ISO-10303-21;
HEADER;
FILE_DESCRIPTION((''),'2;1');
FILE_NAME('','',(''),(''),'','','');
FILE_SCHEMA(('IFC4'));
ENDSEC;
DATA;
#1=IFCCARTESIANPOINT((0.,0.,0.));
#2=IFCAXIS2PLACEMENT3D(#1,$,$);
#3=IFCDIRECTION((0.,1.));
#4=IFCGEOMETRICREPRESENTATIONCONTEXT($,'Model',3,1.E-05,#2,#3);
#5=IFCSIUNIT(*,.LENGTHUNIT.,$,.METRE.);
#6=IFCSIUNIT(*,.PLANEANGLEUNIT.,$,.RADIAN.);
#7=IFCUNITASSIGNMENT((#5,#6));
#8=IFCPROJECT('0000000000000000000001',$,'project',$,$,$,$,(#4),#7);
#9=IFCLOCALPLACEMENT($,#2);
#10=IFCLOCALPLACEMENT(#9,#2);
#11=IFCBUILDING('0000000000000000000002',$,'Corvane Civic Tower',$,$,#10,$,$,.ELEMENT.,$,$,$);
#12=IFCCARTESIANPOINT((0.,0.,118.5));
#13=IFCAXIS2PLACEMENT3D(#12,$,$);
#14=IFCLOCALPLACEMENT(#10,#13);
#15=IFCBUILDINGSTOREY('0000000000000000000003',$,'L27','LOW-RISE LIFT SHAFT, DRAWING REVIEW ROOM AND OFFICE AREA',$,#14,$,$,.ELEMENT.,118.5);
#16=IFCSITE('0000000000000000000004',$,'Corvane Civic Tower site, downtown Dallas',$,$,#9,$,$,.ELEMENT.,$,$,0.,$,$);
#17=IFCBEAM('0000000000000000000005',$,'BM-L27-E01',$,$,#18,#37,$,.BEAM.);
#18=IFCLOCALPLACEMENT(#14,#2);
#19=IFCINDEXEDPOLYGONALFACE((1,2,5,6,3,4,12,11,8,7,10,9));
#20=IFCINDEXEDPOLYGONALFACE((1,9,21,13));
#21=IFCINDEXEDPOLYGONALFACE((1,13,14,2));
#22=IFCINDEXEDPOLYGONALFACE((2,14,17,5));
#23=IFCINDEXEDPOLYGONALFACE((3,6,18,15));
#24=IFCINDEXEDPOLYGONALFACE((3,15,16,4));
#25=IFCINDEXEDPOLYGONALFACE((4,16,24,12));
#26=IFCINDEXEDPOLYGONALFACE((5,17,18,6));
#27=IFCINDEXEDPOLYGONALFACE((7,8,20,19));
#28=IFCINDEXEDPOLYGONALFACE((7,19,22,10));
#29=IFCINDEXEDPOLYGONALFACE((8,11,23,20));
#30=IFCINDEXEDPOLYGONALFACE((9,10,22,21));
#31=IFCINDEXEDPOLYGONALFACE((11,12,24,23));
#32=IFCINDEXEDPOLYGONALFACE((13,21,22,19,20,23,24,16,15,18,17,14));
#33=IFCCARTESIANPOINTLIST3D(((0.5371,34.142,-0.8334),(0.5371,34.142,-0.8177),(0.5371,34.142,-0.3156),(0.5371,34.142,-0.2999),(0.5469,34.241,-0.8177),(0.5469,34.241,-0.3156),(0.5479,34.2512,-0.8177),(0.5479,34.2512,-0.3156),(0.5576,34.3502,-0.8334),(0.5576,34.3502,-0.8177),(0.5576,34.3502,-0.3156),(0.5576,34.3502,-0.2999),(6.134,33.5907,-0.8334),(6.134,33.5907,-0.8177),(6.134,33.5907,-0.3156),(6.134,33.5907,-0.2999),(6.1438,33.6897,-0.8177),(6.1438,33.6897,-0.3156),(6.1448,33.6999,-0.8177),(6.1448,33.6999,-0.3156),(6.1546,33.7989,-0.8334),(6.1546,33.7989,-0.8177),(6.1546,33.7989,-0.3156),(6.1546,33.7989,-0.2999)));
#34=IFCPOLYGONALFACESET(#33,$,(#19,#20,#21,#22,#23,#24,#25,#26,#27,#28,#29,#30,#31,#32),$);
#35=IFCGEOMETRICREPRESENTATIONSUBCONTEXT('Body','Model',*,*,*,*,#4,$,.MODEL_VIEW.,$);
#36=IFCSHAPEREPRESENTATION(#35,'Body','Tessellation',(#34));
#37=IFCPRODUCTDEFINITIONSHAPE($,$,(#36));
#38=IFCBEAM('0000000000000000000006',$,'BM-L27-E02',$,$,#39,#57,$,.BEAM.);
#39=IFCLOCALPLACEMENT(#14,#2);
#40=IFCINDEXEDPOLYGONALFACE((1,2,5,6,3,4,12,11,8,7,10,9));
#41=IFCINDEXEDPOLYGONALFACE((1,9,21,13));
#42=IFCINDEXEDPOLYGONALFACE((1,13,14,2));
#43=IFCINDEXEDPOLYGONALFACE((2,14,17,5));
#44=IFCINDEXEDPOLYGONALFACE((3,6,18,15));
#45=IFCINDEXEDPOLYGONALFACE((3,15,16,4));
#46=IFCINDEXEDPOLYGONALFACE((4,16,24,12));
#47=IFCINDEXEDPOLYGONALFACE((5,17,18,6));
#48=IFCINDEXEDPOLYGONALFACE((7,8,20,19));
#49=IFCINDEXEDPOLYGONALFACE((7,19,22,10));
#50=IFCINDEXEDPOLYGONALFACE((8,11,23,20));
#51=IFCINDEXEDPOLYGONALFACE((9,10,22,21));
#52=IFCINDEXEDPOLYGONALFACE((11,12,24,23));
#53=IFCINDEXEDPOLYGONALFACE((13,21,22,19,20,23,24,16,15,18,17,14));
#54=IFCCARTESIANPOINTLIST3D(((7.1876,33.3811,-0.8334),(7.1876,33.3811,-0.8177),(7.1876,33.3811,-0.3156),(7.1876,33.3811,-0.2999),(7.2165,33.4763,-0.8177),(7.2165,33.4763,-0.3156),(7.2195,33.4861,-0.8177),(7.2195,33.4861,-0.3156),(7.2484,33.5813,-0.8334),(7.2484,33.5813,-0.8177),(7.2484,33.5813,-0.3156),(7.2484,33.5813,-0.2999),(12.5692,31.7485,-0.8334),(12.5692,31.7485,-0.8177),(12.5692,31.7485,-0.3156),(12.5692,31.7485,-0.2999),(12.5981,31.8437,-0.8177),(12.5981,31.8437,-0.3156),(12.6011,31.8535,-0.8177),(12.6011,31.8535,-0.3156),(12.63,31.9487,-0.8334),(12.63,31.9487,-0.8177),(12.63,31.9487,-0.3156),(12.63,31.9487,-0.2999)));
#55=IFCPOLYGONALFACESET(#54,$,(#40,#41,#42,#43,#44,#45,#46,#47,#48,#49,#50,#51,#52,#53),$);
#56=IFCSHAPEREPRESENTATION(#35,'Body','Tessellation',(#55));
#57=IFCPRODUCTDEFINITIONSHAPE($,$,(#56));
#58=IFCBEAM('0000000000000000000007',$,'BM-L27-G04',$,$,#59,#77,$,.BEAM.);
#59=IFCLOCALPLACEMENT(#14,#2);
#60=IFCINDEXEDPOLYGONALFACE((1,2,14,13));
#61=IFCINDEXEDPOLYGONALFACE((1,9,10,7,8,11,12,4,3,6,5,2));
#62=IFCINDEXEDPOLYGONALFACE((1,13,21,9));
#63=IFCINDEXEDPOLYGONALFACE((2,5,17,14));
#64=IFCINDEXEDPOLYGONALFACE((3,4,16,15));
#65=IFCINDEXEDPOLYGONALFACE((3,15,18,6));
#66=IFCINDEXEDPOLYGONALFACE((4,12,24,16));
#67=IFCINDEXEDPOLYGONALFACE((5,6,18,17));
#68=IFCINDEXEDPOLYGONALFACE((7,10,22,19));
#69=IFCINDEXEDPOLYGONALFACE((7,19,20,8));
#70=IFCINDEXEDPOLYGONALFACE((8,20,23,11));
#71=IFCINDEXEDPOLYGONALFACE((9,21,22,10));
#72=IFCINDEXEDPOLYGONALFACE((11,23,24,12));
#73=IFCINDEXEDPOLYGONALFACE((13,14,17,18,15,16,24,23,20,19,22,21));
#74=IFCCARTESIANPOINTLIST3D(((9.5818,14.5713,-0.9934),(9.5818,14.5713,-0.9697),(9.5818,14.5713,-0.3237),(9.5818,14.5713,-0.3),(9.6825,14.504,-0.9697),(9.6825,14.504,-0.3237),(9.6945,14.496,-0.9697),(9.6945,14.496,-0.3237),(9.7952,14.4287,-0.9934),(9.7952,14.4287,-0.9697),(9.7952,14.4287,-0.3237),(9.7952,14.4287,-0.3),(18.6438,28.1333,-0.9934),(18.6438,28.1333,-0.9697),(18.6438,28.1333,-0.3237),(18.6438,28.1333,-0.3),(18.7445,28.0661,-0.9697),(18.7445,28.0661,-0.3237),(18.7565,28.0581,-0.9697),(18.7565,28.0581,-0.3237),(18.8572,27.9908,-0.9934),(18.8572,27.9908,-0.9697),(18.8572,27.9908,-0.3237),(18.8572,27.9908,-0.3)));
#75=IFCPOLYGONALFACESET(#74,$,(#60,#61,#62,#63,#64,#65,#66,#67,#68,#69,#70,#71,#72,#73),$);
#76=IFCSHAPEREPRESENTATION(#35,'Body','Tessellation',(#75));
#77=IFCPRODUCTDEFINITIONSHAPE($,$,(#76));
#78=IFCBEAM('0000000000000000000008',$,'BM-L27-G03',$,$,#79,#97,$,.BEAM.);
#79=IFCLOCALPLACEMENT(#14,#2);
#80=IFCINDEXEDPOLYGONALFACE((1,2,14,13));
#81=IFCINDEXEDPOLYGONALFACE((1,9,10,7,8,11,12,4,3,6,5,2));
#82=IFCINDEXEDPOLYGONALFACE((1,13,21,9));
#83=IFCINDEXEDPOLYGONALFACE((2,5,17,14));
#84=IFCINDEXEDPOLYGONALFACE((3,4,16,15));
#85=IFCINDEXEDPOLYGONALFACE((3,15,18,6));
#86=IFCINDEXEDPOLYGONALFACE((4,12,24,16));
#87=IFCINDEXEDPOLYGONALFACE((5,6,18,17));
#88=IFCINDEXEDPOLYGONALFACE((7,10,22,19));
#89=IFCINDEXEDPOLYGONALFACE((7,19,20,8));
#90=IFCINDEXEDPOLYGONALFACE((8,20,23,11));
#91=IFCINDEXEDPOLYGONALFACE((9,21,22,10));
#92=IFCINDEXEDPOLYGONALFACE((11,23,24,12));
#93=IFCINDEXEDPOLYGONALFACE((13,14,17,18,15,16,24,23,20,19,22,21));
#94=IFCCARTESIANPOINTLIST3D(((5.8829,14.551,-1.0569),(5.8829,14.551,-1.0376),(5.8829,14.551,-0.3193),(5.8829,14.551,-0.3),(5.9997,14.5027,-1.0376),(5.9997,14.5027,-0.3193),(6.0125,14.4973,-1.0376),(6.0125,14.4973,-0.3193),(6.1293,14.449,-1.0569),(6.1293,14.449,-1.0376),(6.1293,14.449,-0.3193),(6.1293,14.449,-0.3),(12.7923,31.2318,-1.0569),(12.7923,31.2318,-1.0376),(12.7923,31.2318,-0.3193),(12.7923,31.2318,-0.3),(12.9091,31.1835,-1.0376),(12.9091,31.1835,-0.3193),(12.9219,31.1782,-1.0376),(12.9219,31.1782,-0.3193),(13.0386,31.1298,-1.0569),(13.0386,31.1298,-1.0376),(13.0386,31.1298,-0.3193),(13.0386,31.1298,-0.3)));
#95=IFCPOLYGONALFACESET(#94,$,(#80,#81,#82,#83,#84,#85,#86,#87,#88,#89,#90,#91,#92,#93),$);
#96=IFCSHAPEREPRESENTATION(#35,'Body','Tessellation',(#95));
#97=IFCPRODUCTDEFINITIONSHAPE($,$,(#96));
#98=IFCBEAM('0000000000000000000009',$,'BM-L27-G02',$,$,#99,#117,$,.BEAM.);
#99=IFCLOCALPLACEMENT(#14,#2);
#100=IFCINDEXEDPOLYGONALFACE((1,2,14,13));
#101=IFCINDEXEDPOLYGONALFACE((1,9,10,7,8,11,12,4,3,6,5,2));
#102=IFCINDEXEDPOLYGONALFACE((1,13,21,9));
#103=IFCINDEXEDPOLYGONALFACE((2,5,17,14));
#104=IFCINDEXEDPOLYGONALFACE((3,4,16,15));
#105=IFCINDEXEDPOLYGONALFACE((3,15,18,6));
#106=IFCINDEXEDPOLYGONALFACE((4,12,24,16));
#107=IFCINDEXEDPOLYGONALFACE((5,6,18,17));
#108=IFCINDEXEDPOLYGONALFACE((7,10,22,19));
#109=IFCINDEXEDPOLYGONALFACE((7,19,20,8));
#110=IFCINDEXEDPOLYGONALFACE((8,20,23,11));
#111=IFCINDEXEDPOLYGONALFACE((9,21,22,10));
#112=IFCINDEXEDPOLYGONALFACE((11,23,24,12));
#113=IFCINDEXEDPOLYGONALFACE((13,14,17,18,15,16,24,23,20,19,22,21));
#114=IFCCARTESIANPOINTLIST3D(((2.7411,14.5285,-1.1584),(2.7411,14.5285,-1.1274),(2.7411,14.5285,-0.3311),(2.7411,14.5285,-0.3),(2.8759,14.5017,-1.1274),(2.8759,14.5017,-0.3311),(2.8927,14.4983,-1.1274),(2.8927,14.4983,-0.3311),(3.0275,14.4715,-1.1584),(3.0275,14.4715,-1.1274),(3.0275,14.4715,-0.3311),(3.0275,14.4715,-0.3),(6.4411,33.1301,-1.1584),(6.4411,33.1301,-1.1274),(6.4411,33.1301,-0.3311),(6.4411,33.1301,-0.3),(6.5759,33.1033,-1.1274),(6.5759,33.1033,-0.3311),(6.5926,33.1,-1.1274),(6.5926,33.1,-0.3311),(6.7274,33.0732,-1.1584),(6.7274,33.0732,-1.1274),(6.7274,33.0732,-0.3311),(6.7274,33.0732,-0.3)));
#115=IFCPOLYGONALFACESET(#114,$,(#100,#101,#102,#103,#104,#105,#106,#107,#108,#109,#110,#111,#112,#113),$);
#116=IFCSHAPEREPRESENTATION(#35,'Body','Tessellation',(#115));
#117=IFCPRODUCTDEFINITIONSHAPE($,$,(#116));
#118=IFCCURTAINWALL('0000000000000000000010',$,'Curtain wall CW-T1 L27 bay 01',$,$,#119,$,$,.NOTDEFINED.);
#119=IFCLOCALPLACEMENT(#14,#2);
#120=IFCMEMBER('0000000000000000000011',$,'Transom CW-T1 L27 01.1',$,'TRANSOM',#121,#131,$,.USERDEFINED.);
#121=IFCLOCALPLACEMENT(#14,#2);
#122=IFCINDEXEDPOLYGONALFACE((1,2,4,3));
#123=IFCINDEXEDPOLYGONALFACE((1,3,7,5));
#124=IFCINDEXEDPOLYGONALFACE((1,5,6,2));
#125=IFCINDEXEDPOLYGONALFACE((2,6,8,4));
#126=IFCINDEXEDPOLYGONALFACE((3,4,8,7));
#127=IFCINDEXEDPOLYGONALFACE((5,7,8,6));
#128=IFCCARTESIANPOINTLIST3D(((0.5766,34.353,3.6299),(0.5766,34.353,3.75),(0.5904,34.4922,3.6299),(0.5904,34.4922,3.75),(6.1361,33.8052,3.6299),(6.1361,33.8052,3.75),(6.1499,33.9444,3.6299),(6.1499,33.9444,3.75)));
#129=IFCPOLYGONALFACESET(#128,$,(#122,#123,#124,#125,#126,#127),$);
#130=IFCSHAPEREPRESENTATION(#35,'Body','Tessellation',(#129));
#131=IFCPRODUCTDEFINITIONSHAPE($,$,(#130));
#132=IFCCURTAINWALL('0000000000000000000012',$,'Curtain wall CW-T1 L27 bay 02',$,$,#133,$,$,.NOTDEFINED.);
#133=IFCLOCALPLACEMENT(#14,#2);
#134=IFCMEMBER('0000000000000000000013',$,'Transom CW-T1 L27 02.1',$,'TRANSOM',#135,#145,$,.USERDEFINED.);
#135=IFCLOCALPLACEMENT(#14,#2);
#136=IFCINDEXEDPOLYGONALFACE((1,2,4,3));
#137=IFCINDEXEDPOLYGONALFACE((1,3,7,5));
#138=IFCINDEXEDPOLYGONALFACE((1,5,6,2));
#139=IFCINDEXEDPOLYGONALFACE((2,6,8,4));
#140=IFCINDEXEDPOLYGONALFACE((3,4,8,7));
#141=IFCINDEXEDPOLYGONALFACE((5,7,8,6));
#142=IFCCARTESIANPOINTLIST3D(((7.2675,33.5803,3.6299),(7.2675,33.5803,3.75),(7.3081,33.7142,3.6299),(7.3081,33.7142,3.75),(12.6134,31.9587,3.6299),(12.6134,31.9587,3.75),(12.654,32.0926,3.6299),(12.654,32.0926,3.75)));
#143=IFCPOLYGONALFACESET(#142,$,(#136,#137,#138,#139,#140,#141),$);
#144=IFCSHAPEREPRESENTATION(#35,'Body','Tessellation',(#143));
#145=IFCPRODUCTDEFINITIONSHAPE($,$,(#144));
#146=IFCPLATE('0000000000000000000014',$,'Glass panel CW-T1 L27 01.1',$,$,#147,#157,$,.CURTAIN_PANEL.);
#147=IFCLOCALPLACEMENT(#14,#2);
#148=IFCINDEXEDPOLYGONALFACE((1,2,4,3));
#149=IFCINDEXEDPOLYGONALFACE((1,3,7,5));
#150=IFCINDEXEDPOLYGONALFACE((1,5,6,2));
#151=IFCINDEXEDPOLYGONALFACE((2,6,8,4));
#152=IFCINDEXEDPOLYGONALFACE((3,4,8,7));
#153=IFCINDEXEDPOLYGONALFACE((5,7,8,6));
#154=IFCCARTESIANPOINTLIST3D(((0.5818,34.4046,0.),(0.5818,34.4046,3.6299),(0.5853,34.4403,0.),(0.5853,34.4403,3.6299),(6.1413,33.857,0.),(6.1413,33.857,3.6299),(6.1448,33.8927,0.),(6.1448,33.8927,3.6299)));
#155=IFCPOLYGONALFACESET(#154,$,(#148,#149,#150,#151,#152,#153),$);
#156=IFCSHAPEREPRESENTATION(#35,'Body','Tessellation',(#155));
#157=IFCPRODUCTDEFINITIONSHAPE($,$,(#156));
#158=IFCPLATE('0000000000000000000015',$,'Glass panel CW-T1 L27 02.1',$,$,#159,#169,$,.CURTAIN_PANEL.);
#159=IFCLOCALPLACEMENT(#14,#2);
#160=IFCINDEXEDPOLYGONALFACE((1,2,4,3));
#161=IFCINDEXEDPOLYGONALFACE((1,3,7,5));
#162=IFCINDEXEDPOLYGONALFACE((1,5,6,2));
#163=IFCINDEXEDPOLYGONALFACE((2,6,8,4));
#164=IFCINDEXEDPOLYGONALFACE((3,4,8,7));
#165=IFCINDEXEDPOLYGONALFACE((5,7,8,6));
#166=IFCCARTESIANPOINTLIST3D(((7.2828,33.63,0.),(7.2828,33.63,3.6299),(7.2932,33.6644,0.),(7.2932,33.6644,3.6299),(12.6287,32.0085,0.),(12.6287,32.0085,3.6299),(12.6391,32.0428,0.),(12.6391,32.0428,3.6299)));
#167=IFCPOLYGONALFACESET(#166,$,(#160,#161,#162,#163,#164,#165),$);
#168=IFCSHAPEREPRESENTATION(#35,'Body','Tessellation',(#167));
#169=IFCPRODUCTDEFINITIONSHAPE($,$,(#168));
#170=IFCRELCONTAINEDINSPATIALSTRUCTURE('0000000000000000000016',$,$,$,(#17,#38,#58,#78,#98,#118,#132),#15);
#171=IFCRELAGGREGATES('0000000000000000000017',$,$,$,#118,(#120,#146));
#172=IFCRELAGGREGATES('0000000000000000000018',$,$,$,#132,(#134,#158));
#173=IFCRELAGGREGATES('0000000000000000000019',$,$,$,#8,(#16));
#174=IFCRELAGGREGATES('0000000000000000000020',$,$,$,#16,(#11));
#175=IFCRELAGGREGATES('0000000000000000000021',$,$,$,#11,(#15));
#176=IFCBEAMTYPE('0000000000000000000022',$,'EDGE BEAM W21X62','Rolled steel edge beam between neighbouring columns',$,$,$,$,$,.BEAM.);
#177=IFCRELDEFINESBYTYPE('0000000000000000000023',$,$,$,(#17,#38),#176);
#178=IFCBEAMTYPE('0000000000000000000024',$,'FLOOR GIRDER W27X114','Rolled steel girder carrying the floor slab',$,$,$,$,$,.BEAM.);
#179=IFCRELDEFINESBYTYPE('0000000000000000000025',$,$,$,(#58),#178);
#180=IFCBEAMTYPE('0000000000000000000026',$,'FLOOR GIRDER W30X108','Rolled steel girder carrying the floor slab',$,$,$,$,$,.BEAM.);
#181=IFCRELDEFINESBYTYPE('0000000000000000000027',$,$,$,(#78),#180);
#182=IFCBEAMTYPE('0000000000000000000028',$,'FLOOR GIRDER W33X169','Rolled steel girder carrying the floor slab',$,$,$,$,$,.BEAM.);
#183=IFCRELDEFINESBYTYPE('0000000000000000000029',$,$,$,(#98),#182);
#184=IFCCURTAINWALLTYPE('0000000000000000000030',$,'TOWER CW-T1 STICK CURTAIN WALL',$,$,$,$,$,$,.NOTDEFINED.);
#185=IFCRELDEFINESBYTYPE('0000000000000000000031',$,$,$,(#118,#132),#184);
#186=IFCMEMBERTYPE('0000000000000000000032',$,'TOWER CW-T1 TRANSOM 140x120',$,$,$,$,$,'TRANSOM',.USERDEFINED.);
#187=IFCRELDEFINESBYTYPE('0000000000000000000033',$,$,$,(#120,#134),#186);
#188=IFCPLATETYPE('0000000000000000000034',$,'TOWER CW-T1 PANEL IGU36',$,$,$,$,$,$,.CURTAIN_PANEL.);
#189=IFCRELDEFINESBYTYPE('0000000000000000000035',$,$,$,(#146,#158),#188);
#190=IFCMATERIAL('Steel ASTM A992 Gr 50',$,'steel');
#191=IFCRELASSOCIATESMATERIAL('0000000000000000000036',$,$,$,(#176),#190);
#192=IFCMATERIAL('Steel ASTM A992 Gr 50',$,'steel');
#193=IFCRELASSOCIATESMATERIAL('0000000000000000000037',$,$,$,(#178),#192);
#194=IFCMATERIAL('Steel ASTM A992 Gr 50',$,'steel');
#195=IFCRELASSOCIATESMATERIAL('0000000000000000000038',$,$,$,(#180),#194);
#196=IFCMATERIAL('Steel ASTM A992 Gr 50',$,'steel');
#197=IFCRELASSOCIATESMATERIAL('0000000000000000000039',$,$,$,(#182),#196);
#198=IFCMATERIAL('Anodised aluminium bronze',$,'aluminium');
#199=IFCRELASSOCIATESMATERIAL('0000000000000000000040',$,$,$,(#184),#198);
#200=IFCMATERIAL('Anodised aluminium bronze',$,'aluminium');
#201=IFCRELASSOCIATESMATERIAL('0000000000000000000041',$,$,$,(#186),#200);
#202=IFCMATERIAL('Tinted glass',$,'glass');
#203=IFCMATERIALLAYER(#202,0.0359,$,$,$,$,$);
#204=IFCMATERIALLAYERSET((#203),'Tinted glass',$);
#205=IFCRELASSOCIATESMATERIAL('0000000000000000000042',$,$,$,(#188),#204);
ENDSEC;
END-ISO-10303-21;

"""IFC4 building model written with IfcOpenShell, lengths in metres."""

from ifc_helpers import new_model, si_unit, direction, frame, origin, origin_2d, place, context, subcontext, project, spatial, rectangle, i_section, extrude, material, layer, layer_set, material_profile, profile_set, type_object, element, aggregate, save


model = new_model("IFC4")

# Units and contexts
model_context = context("Model", 3, precision=1e-05, world=origin(), true_north=direction((0.0, 1.0)))
body_context = subcontext(model_context, "Body", "Model", "MODEL_VIEW")
ifc_project = project(units=[si_unit("LENGTHUNIT", "METRE"), si_unit("PLANEANGLEUNIT", "RADIAN")], contexts=[model_context])

# Site, building, storey
site_placement = place(None, origin())
site = spatial("IfcSite", under=ifc_project, at=site_placement, Name="Corvane Civic Tower site, downtown Dallas", CompositionType="ELEMENT", RefElevation=0.0)
building_placement = place(site_placement, origin())
building = spatial("IfcBuilding", under=site, at=building_placement, Name="Corvane Civic Tower", CompositionType="ELEMENT")
storey_placement = place(building_placement, frame((0.0, 0.0, 118.5)))
storey = spatial("IfcBuildingStorey", under=building, at=storey_placement, Name="L27", Description="LOW-RISE LIFT SHAFT, DRAWING REVIEW ROOM AND OFFICE AREA", CompositionType="ELEMENT", Elevation=118.5)

# Beams
ifc_material_1 = material(Name="Steel ASTM A992 Gr 50", Category="steel")
ifc_material_profile_1 = material_profile(ifc_material_1, i_section(OverallWidth=0.2092, OverallDepth=0.5334, WebThickness=0.0103, FlangeThickness=0.0156, at=origin_2d()), Name="W21X62")
ifc_profile_set_1 = profile_set([ifc_material_profile_1], Name="Steel ASTM A992 Gr 50")
beam_type_1 = type_object("IfcBeamType", Name="EDGE BEAM W21X62", Description="Rolled steel edge beam between neighbouring columns", PredefinedType="BEAM", material=ifc_profile_set_1)
beam_1_placement = place(storey_placement, frame((0.5474, 34.2461, -0.5667), z_axis=(0.995184, -0.098021, 0.0), x_axis=(0.098021, 0.995184, 0.0)))
element("IfcBeam", 1, at=beam_1_placement, inside=storey, type_object=beam_type_1, Name="BM-L27-E01", PredefinedType="BEAM", context=body_context, shape_type="SweptSolid", body=[
    extrude(i_section(OverallWidth=0.2092, OverallDepth=0.5334, WebThickness=0.0103, FlangeThickness=0.0156, at=origin_2d()), origin(), (0.0, 0.0, 1.0), 5.624),
])
beam_2_placement = place(storey_placement, frame((7.218, 33.4812, -0.5667), z_axis=(0.956936, -0.290298, 0.0), x_axis=(0.290298, 0.956936, 0.0)))
element("IfcBeam", 2, at=beam_2_placement, inside=storey, type_object=beam_type_1, Name="BM-L27-E02", PredefinedType="BEAM", context=body_context, shape_type="SweptSolid", body=[
    extrude(i_section(OverallWidth=0.2092, OverallDepth=0.5334, WebThickness=0.0103, FlangeThickness=0.0156, at=origin_2d()), origin(), (0.0, 0.0, 1.0), 5.6238),
])
ifc_material_2 = material(Name="Steel ASTM A992 Gr 50", Category="steel")
ifc_material_profile_2 = material_profile(ifc_material_2, i_section(OverallWidth=0.2566, OverallDepth=0.6934, WebThickness=0.0144, FlangeThickness=0.0237, at=origin_2d()), Name="W27X114")
ifc_profile_set_2 = profile_set([ifc_material_profile_2], Name="Steel ASTM A992 Gr 50")
beam_type_2 = type_object("IfcBeamType", Name="FLOOR GIRDER W27X114", Description="Rolled steel girder carrying the floor slab", PredefinedType="BEAM", material=ifc_profile_set_2)
beam_3_placement = place(storey_placement, frame((9.6885, 14.5, -0.6467), z_axis=(0.555577, 0.831465, 0.0), x_axis=(-0.831465, 0.555577, 0.0)))
element("IfcBeam", 3, at=beam_3_placement, inside=storey, type_object=beam_type_2, Name="BM-L27-G04", PredefinedType="BEAM", context=body_context, shape_type="SweptSolid", body=[
    extrude(i_section(OverallWidth=0.2566, OverallDepth=0.6934, WebThickness=0.0144, FlangeThickness=0.0237, at=origin_2d()), origin(), (0.0, 0.0, 1.0), 16.311),
])
ifc_material_3 = material(Name="Steel ASTM A992 Gr 50", Category="steel")
ifc_material_profile_3 = material_profile(ifc_material_3, i_section(OverallWidth=0.2666, OverallDepth=0.7568, WebThickness=0.0139, FlangeThickness=0.0193, at=origin_2d()), Name="W30X108")
ifc_profile_set_3 = profile_set([ifc_material_profile_3], Name="Steel ASTM A992 Gr 50")
beam_type_3 = type_object("IfcBeamType", Name="FLOOR GIRDER W30X108", Description="Rolled steel girder carrying the floor slab", PredefinedType="BEAM", material=ifc_profile_set_3)
beam_4_placement = place(storey_placement, frame((6.0061, 14.5, -0.6785), z_axis=(0.382682, 0.92388, 0.0), x_axis=(-0.92388, 0.382682, 0.0)))
element("IfcBeam", 4, at=beam_4_placement, inside=storey, type_object=beam_type_3, Name="BM-L27-G03", PredefinedType="BEAM", context=body_context, shape_type="SweptSolid", body=[
    extrude(i_section(OverallWidth=0.2666, OverallDepth=0.7568, WebThickness=0.0139, FlangeThickness=0.0193, at=origin_2d()), origin(), (0.0, 0.0, 1.0), 18.0552),
])
ifc_material_4 = material(Name="Steel ASTM A992 Gr 50", Category="steel")
ifc_material_profile_4 = material_profile(ifc_material_4, i_section(OverallWidth=0.292, OverallDepth=0.8584, WebThickness=0.0171, FlangeThickness=0.031, at=origin_2d()), Name="W33X169")
ifc_profile_set_4 = profile_set([ifc_material_profile_4], Name="Steel ASTM A992 Gr 50")
beam_type_4 = type_object("IfcBeamType", Name="FLOOR GIRDER W33X169", Description="Rolled steel girder carrying the floor slab", PredefinedType="BEAM", material=ifc_profile_set_4)
beam_5_placement = place(storey_placement, frame((2.8843, 14.5, -0.7292), z_axis=(0.195084, 0.980787, 0.0), x_axis=(-0.980787, 0.195084, 0.0)))
element("IfcBeam", 5, at=beam_5_placement, inside=storey, type_object=beam_type_4, Name="BM-L27-G02", PredefinedType="BEAM", context=body_context, shape_type="SweptSolid", body=[
    extrude(i_section(OverallWidth=0.292, OverallDepth=0.8584, WebThickness=0.0171, FlangeThickness=0.031, at=origin_2d()), origin(), (0.0, 0.0, 1.0), 18.9661),
])

# Curtain walls, members
ifc_material_5 = material(Name="Anodised aluminium bronze", Category="aluminium")
curtain_wall_type = type_object("IfcCurtainWallType", Name="TOWER CW-T1 STICK CURTAIN WALL", PredefinedType="NOTDEFINED", material=ifc_material_5)
curtain_wall_1_placement = place(storey_placement, origin())
curtain_wall_1 = element("IfcCurtainWall", 6, at=curtain_wall_1_placement, inside=storey, type_object=curtain_wall_type, Name="Curtain wall CW-T1 L27 bay 01", PredefinedType="NOTDEFINED")
ifc_material_6 = material(Name="Anodised aluminium bronze", Category="aluminium")
ifc_material_profile_5 = material_profile(ifc_material_6, rectangle(XDim=0.1399, YDim=0.1201, at=origin_2d()), Name="TOWER CW-T1 TRANSOM 140x120")
ifc_profile_set_5 = profile_set([ifc_material_profile_5], Name="Anodised aluminium bronze")
member_type = type_object("IfcMemberType", Name="TOWER CW-T1 TRANSOM 140x120", ElementType="TRANSOM", PredefinedType="USERDEFINED", material=ifc_profile_set_5)
member_1_placement = place(storey_placement, frame((0.5835, 34.4226, 3.6899), z_axis=(0.99518, -0.098067, 0.0), x_axis=(0.098067, 0.99518, 0.0)))
member_1 = element("IfcMember", 7, at=member_1_placement, type_object=member_type, Name="Transom CW-T1 L27 01.1", ObjectType="TRANSOM", PredefinedType="USERDEFINED", context=body_context, shape_type="SweptSolid", body=[
    extrude(rectangle(XDim=0.1399, YDim=0.1201, at=origin_2d()), origin(), (0.0, 0.0, 1.0), 5.5864),
])
curtain_wall_2_placement = place(storey_placement, origin())
curtain_wall_2 = element("IfcCurtainWall", 8, at=curtain_wall_2_placement, inside=storey, type_object=curtain_wall_type, Name="Curtain wall CW-T1 L27 bay 02", PredefinedType="NOTDEFINED")
member_2_placement = place(storey_placement, frame((7.2878, 33.6472, 3.6899), z_axis=(0.956945, -0.290269, 0.0), x_axis=(0.290269, 0.956945, 0.0)))
member_2 = element("IfcMember", 9, at=member_2_placement, type_object=member_type, Name="Transom CW-T1 L27 02.1", ObjectType="TRANSOM", PredefinedType="USERDEFINED", context=body_context, shape_type="SweptSolid", body=[
    extrude(rectangle(XDim=0.1399, YDim=0.1201, at=origin_2d()), origin(), (0.0, 0.0, 1.0), 5.5864),
])

# Plates
ifc_material_7 = material(Name="Tinted glass", Category="glass")
ifc_layer_1 = layer(ifc_material_7, 0.0359)
ifc_layer_set_1 = layer_set([ifc_layer_1], Name="Tinted glass")
plate_type = type_object("IfcPlateType", Name="TOWER CW-T1 PANEL IGU36", PredefinedType="CURTAIN_PANEL", material=ifc_layer_set_1)
plate_1_placement = place(storey_placement, frame((3.3633, 34.1487, 0.0), z_axis=(0.0, 0.0, 1.0), x_axis=(0.995184, -0.098027, 0.0)))
plate_1 = element("IfcPlate", 10, at=plate_1_placement, type_object=plate_type, Name="Glass panel CW-T1 L27 01.1", PredefinedType="CURTAIN_PANEL", context=body_context, shape_type="SweptSolid", body=[
    extrude(rectangle(XDim=5.5864, YDim=0.0359, at=origin_2d()), origin(), (0.0, 0.0, 1.0), 3.6299),
])
aggregate(curtain_wall_1, [member_1, plate_1])
plate_2_placement = place(storey_placement, frame((9.9609, 32.8364, 0.0), z_axis=(0.0, 0.0, 1.0), x_axis=(0.956946, -0.290266, 0.0)))
plate_2 = element("IfcPlate", 11, at=plate_2_placement, type_object=plate_type, Name="Glass panel CW-T1 L27 02.1", PredefinedType="CURTAIN_PANEL", context=body_context, shape_type="SweptSolid", body=[
    extrude(rectangle(XDim=5.5864, YDim=0.0359, at=origin_2d()), origin(), (0.0, 0.0, 1.0), 3.6299),
])
aggregate(curtain_wall_2, [member_2, plate_2])

save(model, "model.ifc")
